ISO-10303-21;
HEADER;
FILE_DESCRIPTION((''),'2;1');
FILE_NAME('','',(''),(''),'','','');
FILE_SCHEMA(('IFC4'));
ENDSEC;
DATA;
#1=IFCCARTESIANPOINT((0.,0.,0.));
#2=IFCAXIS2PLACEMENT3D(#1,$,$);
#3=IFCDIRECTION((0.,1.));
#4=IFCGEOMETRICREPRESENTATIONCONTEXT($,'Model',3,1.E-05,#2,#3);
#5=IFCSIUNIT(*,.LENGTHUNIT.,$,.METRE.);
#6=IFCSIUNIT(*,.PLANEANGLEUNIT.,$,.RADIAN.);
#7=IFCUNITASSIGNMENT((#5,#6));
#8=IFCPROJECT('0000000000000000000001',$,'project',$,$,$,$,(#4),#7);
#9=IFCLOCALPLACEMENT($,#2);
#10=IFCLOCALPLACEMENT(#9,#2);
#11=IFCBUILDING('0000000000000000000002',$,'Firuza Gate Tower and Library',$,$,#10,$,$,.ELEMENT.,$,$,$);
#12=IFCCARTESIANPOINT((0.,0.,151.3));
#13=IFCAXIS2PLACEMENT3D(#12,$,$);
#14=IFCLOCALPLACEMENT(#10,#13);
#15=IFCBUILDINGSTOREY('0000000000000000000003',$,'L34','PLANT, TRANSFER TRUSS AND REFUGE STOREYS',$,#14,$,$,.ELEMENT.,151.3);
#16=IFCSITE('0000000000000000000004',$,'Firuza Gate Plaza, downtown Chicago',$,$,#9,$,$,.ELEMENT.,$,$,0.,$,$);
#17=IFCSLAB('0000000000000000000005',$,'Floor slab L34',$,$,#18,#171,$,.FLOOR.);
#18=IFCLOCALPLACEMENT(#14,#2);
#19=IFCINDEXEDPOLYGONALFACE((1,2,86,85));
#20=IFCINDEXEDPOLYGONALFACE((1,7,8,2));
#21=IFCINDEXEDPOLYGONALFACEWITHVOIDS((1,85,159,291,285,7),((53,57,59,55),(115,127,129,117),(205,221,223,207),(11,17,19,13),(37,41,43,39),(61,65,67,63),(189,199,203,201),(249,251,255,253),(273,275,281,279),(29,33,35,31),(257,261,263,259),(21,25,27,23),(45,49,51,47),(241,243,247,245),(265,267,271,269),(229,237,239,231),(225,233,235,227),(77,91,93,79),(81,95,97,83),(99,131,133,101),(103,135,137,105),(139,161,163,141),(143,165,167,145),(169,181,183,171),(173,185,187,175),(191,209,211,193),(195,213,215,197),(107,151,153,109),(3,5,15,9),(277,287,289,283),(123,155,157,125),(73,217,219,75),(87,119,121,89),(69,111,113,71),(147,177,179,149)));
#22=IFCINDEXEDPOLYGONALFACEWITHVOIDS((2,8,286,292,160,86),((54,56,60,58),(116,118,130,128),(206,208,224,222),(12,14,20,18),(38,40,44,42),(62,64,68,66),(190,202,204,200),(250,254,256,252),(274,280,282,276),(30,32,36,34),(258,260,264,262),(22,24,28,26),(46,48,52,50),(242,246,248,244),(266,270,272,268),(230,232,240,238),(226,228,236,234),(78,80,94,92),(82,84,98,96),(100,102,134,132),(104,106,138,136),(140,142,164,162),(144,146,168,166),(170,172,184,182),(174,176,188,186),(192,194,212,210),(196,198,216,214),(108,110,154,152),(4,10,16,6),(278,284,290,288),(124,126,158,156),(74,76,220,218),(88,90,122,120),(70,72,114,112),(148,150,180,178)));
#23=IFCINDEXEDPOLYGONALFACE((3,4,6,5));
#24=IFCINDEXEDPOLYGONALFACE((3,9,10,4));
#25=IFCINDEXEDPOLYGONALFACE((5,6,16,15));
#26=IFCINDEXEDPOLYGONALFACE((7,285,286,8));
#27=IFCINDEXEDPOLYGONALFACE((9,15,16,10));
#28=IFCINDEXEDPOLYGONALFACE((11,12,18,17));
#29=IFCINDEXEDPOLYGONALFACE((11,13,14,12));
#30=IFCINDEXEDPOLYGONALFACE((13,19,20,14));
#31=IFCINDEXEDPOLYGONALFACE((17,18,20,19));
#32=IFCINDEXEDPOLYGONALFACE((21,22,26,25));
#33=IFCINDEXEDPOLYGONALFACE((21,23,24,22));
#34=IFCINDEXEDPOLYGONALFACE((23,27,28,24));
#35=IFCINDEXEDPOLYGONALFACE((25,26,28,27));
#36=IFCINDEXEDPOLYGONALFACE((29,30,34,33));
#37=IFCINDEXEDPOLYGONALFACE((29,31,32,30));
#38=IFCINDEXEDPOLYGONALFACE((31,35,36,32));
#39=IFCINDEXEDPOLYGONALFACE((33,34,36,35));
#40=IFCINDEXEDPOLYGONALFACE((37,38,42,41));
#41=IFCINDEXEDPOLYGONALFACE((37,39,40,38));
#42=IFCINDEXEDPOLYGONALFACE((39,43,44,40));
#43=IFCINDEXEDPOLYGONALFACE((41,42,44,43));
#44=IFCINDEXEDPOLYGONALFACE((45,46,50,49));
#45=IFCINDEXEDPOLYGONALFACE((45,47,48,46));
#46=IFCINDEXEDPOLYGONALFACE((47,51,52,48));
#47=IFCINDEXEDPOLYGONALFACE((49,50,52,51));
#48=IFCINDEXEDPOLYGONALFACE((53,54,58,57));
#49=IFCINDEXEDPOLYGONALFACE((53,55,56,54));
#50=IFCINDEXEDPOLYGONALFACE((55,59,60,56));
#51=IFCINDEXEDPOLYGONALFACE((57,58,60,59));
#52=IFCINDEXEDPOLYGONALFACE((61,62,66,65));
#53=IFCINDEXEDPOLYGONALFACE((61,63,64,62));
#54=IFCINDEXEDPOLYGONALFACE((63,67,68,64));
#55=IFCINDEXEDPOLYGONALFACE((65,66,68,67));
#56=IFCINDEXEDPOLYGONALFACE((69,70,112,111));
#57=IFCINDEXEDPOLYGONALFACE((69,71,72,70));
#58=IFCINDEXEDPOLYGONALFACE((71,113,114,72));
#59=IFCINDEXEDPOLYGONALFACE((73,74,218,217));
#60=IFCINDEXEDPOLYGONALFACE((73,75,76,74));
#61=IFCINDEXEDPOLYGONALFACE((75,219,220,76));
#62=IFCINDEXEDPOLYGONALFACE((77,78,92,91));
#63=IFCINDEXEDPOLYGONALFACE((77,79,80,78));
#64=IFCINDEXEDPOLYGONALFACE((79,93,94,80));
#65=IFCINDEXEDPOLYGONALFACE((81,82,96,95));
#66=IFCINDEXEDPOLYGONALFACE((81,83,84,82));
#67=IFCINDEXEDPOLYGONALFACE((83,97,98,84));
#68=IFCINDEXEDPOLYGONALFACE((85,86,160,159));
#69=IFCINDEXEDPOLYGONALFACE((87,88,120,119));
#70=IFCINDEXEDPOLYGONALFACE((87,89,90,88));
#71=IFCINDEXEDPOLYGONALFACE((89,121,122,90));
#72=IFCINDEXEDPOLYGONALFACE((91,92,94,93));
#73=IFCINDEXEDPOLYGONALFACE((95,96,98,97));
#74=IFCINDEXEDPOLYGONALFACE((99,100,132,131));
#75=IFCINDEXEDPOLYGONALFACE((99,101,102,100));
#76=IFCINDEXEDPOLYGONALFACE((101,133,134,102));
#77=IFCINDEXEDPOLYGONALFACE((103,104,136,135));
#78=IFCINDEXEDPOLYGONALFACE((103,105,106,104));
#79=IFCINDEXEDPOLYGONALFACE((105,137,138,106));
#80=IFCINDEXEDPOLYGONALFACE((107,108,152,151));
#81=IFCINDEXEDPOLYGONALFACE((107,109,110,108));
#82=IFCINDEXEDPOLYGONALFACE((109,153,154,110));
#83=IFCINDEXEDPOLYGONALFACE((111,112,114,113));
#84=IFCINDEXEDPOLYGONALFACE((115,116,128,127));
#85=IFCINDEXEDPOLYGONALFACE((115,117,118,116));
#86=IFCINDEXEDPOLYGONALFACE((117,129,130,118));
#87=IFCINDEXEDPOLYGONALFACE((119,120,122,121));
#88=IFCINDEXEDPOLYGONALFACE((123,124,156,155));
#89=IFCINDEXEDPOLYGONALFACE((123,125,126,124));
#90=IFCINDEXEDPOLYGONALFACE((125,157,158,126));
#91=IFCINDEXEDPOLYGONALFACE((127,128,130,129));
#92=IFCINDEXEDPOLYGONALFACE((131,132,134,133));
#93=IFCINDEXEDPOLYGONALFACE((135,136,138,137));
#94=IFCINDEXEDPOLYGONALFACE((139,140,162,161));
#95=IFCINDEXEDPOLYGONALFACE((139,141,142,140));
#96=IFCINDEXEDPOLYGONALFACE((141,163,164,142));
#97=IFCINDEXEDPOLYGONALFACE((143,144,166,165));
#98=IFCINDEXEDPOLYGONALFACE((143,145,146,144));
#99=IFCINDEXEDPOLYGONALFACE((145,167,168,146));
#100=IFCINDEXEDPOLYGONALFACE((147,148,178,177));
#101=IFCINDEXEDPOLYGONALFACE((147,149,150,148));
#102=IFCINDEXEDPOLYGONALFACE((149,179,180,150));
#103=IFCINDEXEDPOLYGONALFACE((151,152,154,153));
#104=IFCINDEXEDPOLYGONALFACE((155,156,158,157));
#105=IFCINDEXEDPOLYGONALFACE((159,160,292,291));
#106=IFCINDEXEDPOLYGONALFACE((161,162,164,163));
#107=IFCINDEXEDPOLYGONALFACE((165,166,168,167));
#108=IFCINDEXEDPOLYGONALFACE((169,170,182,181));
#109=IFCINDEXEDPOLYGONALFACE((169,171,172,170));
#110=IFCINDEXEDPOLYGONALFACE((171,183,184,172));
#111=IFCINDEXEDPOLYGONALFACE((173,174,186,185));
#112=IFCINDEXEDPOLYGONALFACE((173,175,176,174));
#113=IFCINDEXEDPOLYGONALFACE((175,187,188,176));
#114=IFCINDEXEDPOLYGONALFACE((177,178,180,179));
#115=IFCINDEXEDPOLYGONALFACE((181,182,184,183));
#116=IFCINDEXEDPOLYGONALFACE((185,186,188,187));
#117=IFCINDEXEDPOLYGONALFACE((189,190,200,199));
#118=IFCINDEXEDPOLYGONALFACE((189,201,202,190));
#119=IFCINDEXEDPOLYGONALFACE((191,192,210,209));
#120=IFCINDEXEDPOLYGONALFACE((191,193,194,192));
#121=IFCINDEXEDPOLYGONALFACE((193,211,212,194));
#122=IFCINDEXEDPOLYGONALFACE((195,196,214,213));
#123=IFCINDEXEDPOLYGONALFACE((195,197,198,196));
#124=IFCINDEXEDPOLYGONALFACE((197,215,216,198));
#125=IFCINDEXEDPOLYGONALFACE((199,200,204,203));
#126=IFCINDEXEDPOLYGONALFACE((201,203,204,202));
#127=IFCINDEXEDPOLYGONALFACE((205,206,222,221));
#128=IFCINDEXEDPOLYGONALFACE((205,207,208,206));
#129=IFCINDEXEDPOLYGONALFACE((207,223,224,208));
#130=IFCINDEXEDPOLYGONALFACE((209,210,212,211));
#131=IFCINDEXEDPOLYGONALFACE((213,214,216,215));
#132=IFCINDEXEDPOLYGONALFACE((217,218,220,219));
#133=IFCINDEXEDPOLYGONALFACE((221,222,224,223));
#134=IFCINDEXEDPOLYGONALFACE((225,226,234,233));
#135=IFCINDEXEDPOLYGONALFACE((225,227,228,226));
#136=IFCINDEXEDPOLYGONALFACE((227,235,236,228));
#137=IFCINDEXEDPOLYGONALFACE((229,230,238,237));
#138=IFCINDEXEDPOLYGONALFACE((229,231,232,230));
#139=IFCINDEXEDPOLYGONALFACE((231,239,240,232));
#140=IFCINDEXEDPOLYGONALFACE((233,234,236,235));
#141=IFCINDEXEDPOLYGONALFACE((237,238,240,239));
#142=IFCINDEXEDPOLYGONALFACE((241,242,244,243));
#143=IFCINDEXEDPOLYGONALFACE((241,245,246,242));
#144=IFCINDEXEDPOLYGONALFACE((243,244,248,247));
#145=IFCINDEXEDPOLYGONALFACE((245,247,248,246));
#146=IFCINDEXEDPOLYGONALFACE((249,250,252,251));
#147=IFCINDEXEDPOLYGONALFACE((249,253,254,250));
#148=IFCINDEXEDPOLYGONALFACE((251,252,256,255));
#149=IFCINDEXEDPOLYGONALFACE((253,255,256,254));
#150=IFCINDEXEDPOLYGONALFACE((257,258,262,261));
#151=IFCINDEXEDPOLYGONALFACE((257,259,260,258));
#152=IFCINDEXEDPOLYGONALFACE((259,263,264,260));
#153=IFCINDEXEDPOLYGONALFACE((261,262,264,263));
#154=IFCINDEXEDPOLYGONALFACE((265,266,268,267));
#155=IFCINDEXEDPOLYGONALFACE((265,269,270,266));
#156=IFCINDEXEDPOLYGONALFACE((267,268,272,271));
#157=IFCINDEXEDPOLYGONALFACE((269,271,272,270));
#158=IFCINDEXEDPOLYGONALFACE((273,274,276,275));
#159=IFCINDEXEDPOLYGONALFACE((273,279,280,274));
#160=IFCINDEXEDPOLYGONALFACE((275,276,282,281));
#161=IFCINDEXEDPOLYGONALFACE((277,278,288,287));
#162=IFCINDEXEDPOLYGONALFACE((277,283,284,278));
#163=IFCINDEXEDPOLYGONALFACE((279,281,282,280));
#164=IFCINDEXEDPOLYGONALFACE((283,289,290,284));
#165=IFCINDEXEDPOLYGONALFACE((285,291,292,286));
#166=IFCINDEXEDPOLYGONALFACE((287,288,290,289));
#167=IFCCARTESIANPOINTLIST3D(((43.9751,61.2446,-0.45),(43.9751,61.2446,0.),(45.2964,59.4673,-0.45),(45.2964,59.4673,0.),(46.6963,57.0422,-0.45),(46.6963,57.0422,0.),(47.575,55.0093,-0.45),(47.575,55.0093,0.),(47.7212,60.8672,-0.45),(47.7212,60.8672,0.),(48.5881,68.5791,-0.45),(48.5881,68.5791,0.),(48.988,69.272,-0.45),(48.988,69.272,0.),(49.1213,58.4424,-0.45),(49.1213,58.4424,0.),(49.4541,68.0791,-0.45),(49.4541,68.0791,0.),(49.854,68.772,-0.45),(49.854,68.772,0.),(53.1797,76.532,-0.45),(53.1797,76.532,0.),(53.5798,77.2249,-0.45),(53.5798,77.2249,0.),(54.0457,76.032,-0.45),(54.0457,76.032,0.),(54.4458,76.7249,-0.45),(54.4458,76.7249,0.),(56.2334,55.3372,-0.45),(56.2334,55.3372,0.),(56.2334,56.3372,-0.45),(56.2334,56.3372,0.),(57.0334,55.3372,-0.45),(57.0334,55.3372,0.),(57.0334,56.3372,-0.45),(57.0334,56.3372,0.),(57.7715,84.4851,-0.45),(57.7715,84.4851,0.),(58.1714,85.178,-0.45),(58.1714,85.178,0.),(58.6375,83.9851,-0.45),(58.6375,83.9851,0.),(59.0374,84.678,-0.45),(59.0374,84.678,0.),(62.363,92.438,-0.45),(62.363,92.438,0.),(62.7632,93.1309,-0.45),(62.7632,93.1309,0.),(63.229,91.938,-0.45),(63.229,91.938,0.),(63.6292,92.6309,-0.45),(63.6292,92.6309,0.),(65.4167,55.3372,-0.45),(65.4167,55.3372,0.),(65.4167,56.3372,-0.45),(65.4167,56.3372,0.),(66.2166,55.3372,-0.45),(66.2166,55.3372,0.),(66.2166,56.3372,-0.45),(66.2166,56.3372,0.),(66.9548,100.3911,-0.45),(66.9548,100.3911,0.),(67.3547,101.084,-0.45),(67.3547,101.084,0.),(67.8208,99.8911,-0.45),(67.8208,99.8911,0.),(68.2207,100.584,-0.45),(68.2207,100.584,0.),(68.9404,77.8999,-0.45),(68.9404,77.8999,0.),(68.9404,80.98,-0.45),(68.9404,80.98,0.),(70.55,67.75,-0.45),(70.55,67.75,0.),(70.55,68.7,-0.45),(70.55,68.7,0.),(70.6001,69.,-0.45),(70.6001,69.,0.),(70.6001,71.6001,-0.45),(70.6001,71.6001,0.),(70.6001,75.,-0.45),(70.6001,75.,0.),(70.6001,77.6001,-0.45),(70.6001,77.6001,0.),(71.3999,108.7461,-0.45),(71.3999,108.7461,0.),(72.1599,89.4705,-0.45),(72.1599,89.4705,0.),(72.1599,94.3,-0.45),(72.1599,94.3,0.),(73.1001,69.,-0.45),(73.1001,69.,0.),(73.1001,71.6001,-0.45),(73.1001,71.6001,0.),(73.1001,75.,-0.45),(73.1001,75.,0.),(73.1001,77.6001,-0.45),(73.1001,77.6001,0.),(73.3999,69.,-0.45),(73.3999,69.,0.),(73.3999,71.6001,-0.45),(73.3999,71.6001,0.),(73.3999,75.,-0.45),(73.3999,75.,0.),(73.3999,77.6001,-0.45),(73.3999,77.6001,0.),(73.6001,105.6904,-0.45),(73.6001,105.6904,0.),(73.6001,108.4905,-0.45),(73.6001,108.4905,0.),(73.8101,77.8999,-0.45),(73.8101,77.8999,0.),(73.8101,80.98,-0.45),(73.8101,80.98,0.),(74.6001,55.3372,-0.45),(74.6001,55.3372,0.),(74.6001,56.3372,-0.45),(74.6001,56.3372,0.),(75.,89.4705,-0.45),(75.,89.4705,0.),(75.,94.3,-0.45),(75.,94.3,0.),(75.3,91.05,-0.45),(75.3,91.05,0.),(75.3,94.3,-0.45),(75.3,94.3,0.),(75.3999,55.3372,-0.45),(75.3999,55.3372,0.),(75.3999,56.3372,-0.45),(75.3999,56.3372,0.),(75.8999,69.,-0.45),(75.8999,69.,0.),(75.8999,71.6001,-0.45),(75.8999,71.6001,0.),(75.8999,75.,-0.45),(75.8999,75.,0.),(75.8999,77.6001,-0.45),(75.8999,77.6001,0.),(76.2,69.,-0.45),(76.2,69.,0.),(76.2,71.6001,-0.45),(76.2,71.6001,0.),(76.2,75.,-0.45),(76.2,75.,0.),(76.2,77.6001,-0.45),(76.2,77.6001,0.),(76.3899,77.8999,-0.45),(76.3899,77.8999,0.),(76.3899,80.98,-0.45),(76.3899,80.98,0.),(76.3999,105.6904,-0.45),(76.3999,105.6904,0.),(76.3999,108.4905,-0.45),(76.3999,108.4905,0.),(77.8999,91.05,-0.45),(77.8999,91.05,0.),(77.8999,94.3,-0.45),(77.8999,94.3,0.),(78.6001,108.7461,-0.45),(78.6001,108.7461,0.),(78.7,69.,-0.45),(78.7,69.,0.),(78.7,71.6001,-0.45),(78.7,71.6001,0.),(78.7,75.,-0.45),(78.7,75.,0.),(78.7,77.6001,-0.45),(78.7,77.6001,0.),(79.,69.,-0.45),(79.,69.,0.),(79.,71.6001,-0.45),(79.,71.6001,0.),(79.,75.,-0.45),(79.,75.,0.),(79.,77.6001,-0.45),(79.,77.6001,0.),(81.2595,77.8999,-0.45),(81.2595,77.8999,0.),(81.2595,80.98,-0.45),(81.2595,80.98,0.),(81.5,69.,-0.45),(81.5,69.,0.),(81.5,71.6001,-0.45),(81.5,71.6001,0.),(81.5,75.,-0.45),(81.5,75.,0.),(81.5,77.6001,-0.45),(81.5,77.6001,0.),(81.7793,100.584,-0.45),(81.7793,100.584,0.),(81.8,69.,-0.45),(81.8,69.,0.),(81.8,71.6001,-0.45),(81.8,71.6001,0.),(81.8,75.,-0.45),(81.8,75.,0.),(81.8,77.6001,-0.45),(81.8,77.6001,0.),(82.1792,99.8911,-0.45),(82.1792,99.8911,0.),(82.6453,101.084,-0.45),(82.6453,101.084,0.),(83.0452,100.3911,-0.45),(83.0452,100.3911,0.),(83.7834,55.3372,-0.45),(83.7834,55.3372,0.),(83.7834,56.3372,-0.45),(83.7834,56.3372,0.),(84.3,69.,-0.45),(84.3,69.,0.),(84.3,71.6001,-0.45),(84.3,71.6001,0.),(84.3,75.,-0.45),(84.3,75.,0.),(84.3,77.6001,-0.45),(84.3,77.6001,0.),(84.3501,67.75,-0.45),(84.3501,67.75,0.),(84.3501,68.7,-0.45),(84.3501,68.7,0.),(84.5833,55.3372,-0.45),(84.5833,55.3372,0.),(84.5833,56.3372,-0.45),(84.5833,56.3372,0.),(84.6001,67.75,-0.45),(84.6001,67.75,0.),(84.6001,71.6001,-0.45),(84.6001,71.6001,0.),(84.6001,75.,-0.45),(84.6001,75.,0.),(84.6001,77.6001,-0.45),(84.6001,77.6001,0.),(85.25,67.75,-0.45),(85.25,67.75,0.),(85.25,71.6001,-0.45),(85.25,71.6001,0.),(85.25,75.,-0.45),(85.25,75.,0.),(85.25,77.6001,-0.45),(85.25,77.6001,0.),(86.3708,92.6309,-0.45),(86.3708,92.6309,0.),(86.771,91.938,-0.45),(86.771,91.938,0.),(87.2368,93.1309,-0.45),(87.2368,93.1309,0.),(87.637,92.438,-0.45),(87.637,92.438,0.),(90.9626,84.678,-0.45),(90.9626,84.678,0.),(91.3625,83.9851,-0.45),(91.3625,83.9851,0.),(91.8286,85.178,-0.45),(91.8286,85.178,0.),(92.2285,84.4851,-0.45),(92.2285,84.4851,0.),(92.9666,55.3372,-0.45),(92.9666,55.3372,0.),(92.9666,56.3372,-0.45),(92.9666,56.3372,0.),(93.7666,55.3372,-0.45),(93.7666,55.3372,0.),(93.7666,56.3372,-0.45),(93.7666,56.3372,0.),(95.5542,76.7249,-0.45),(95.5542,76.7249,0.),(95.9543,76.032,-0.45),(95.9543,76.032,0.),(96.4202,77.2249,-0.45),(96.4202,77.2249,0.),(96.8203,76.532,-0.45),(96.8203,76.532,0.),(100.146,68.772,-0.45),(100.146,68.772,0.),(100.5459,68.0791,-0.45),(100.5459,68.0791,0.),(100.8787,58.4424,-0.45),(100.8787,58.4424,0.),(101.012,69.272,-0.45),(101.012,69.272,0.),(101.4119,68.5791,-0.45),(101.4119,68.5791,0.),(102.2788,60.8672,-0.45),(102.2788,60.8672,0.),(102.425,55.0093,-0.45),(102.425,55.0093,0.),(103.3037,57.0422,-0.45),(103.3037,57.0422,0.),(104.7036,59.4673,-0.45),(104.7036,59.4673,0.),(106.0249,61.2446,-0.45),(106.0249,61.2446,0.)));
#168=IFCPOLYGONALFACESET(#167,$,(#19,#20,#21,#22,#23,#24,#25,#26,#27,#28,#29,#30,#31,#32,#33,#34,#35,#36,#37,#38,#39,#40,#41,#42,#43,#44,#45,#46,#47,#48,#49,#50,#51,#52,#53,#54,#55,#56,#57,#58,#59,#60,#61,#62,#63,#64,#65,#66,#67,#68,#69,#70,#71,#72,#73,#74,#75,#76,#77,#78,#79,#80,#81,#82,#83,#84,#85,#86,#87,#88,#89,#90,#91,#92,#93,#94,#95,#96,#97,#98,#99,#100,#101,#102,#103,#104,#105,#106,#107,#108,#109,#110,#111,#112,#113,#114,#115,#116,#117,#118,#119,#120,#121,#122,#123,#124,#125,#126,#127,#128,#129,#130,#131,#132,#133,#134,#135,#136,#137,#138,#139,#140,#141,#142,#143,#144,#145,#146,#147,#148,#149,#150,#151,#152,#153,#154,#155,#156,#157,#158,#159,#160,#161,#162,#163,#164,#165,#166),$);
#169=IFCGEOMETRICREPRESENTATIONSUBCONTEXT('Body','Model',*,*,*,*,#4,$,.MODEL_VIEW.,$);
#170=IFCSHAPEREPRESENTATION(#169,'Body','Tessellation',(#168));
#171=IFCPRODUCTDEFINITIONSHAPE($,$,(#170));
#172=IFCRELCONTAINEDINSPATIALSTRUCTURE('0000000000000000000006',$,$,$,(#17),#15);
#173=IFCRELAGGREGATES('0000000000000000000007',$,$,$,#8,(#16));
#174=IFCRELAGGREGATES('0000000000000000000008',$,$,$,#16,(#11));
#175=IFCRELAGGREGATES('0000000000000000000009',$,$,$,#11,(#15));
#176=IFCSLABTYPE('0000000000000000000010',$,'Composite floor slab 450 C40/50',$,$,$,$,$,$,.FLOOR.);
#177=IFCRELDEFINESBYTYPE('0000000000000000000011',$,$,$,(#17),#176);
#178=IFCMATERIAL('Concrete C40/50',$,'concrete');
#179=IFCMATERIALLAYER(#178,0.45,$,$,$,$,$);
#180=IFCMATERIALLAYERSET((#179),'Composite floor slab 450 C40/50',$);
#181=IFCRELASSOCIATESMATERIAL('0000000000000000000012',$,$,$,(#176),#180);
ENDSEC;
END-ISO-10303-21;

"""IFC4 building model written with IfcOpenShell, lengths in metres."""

from ifc_helpers import new_model, si_unit, direction, frame, origin, place, context, subcontext, project, spatial, polyline, outline, extrude, material, layer, layer_set, type_object, element, save


model = new_model("IFC4")

# Units and contexts
model_context = context("Model", 3, precision=1e-05, world=origin(), true_north=direction((0.0, 1.0)))
body_context = subcontext(model_context, "Body", "Model", "MODEL_VIEW")
ifc_project = project(units=[si_unit("LENGTHUNIT", "METRE"), si_unit("PLANEANGLEUNIT", "RADIAN")], contexts=[model_context])

# Site, building, storey
site_placement = place(None, origin())
site = spatial("IfcSite", under=ifc_project, at=site_placement, Name="Firuza Gate Plaza, downtown Chicago", CompositionType="ELEMENT", RefElevation=0.0)
building_placement = place(site_placement, origin())
building = spatial("IfcBuilding", under=site, at=building_placement, Name="Firuza Gate Tower and Library", CompositionType="ELEMENT")
storey_placement = place(building_placement, frame((0.0, 0.0, 151.3)))
storey = spatial("IfcBuildingStorey", under=building, at=storey_placement, Name="L34", Description="PLANT, TRANSFER TRUSS AND REFUGE STOREYS", CompositionType="ELEMENT", Elevation=151.3)

# Slab
ifc_material_1 = material(Name="Concrete C40/50", Category="concrete")
ifc_layer_1 = layer(ifc_material_1, 0.45)
ifc_layer_set_1 = layer_set([ifc_layer_1], Name="Composite floor slab 450 C40/50")
slab_type_1 = type_object("IfcSlabType", Name="Composite floor slab 450 C40/50", PredefinedType="FLOOR", material=ifc_layer_set_1)
slab_1_placement = place(storey_placement, frame((0.0, 0.0, -0.45)))
element("IfcSlab", 1, at=slab_1_placement, inside=storey, type_object=slab_type_1, Name="Floor slab L34", PredefinedType="FLOOR", context=body_context, shape_type="SweptSolid", body=[
    extrude(outline(polyline([(43.9751, 61.2446), (47.575, 55.0093), (102.425, 55.0093), (106.0249, 61.2446), (78.6001, 108.7461), (71.3999, 108.7461), (43.9751, 61.2446)]), holes=[polyline([(56.2334, 55.3372), (56.2334, 56.3372), (57.0334, 56.3372), (57.0334, 55.3372), (56.2334, 55.3372)]), polyline([(74.6001, 55.3372), (74.6001, 56.3372), (75.3999, 56.3372), (75.3999, 55.3372), (74.6001, 55.3372)]), polyline([(65.4167, 55.3372), (65.4167, 56.3372), (66.2166, 56.3372), (66.2166, 55.3372), (65.4167, 55.3372)]), polyline([(45.2964, 59.4673), (47.7212, 60.8672), (49.1213, 58.4424), (46.6963, 57.0422), (45.2964, 59.4673)]), polyline([(84.3501, 67.75), (70.55, 67.75), (70.55, 68.7), (84.3501, 68.7), (84.3501, 67.75)]), polyline([(48.988, 69.272), (49.854, 68.772), (49.4541, 68.0791), (48.5881, 68.5791), (48.988, 69.272)]), polyline([(73.1001, 69.0), (70.6001, 69.0), (70.6001, 71.6001), (73.1001, 71.6001), (73.1001, 69.0)]), polyline([(75.8999, 69.0), (73.3999, 69.0), (73.3999, 71.6001), (75.8999, 71.6001), (75.8999, 69.0)]), polyline([(73.1001, 75.0), (70.6001, 75.0), (70.6001, 77.6001), (73.1001, 77.6001), (73.1001, 75.0)]), polyline([(75.8999, 75.0), (73.3999, 75.0), (73.3999, 77.6001), (75.8999, 77.6001), (75.8999, 75.0)]), polyline([(53.5798, 77.2249), (54.4458, 76.7249), (54.0457, 76.032), (53.1797, 76.532), (53.5798, 77.2249)]), polyline([(73.8101, 77.8999), (68.9404, 77.8999), (68.9404, 80.98), (73.8101, 80.98), (73.8101, 77.8999)]), polyline([(58.1714, 85.178), (59.0374, 84.678), (58.6375, 83.9851), (57.7715, 84.4851), (58.1714, 85.178)]), polyline([(72.1599, 89.4705), (72.1599, 94.3), (75.0, 94.3), (75.0, 89.4705), (72.1599, 89.4705)]), polyline([(62.7632, 93.1309), (63.6292, 92.6309), (63.229, 91.938), (62.363, 92.438), (62.7632, 93.1309)]), polyline([(75.3, 91.05), (75.3, 94.3), (77.8999, 94.3), (77.8999, 91.05), (75.3, 91.05)]), polyline([(68.2207, 100.584), (67.8208, 99.8911), (66.9548, 100.3911), (67.3547, 101.084), (68.2207, 100.584)]), polyline([(76.3999, 108.4905), (76.3999, 105.6904), (73.6001, 105.6904), (73.6001, 108.4905), (76.3999, 108.4905)]), polyline([(92.9666, 55.3372), (92.9666, 56.3372), (93.7666, 56.3372), (93.7666, 55.3372), (92.9666, 55.3372)]), polyline([(83.7834, 55.3372), (83.7834, 56.3372), (84.5833, 56.3372), (84.5833, 55.3372), (83.7834, 55.3372)]), polyline([(103.3037, 57.0422), (100.8787, 58.4424), (102.2788, 60.8672), (104.7036, 59.4673), (103.3037, 57.0422)]), polyline([(101.4119, 68.5791), (100.5459, 68.0791), (100.146, 68.772), (101.012, 69.272), (101.4119, 68.5791)]), polyline([(85.25, 67.75), (84.6001, 67.75), (84.6001, 71.6001), (85.25, 71.6001), (85.25, 67.75)]), polyline([(81.5, 69.0), (79.0, 69.0), (79.0, 71.6001), (81.5, 71.6001), (81.5, 69.0)]), polyline([(81.8, 69.0), (81.8, 71.6001), (84.3, 71.6001), (84.3, 69.0), (81.8, 69.0)]), polyline([(76.2, 69.0), (76.2, 71.6001), (78.7, 71.6001), (78.7, 69.0), (76.2, 69.0)]), polyline([(81.5, 75.0), (79.0, 75.0), (79.0, 77.6001), (81.5, 77.6001), (81.5, 75.0)]), polyline([(84.3, 75.0), (81.8, 75.0), (81.8, 77.6001), (84.3, 77.6001), (84.3, 75.0)]), polyline([(85.25, 75.0), (84.6001, 75.0), (84.6001, 77.6001), (85.25, 77.6001), (85.25, 75.0)]), polyline([(78.7, 75.0), (76.2, 75.0), (76.2, 77.6001), (78.7, 77.6001), (78.7, 75.0)]), polyline([(96.8203, 76.532), (95.9543, 76.032), (95.5542, 76.7249), (96.4202, 77.2249), (96.8203, 76.532)]), polyline([(81.2595, 77.8999), (76.3899, 77.8999), (76.3899, 80.98), (81.2595, 80.98), (81.2595, 77.8999)]), polyline([(92.2285, 84.4851), (91.3625, 83.9851), (90.9626, 84.678), (91.8286, 85.178), (92.2285, 84.4851)]), polyline([(86.771, 91.938), (86.3708, 92.6309), (87.2368, 93.1309), (87.637, 92.438), (86.771, 91.938)]), polyline([(82.1792, 99.8911), (81.7793, 100.584), (82.6453, 101.084), (83.0452, 100.3911), (82.1792, 99.8911)])]), origin(), (0.0, 0.0, 1.0), 0.45),
])

save(model, "model.ifc")
